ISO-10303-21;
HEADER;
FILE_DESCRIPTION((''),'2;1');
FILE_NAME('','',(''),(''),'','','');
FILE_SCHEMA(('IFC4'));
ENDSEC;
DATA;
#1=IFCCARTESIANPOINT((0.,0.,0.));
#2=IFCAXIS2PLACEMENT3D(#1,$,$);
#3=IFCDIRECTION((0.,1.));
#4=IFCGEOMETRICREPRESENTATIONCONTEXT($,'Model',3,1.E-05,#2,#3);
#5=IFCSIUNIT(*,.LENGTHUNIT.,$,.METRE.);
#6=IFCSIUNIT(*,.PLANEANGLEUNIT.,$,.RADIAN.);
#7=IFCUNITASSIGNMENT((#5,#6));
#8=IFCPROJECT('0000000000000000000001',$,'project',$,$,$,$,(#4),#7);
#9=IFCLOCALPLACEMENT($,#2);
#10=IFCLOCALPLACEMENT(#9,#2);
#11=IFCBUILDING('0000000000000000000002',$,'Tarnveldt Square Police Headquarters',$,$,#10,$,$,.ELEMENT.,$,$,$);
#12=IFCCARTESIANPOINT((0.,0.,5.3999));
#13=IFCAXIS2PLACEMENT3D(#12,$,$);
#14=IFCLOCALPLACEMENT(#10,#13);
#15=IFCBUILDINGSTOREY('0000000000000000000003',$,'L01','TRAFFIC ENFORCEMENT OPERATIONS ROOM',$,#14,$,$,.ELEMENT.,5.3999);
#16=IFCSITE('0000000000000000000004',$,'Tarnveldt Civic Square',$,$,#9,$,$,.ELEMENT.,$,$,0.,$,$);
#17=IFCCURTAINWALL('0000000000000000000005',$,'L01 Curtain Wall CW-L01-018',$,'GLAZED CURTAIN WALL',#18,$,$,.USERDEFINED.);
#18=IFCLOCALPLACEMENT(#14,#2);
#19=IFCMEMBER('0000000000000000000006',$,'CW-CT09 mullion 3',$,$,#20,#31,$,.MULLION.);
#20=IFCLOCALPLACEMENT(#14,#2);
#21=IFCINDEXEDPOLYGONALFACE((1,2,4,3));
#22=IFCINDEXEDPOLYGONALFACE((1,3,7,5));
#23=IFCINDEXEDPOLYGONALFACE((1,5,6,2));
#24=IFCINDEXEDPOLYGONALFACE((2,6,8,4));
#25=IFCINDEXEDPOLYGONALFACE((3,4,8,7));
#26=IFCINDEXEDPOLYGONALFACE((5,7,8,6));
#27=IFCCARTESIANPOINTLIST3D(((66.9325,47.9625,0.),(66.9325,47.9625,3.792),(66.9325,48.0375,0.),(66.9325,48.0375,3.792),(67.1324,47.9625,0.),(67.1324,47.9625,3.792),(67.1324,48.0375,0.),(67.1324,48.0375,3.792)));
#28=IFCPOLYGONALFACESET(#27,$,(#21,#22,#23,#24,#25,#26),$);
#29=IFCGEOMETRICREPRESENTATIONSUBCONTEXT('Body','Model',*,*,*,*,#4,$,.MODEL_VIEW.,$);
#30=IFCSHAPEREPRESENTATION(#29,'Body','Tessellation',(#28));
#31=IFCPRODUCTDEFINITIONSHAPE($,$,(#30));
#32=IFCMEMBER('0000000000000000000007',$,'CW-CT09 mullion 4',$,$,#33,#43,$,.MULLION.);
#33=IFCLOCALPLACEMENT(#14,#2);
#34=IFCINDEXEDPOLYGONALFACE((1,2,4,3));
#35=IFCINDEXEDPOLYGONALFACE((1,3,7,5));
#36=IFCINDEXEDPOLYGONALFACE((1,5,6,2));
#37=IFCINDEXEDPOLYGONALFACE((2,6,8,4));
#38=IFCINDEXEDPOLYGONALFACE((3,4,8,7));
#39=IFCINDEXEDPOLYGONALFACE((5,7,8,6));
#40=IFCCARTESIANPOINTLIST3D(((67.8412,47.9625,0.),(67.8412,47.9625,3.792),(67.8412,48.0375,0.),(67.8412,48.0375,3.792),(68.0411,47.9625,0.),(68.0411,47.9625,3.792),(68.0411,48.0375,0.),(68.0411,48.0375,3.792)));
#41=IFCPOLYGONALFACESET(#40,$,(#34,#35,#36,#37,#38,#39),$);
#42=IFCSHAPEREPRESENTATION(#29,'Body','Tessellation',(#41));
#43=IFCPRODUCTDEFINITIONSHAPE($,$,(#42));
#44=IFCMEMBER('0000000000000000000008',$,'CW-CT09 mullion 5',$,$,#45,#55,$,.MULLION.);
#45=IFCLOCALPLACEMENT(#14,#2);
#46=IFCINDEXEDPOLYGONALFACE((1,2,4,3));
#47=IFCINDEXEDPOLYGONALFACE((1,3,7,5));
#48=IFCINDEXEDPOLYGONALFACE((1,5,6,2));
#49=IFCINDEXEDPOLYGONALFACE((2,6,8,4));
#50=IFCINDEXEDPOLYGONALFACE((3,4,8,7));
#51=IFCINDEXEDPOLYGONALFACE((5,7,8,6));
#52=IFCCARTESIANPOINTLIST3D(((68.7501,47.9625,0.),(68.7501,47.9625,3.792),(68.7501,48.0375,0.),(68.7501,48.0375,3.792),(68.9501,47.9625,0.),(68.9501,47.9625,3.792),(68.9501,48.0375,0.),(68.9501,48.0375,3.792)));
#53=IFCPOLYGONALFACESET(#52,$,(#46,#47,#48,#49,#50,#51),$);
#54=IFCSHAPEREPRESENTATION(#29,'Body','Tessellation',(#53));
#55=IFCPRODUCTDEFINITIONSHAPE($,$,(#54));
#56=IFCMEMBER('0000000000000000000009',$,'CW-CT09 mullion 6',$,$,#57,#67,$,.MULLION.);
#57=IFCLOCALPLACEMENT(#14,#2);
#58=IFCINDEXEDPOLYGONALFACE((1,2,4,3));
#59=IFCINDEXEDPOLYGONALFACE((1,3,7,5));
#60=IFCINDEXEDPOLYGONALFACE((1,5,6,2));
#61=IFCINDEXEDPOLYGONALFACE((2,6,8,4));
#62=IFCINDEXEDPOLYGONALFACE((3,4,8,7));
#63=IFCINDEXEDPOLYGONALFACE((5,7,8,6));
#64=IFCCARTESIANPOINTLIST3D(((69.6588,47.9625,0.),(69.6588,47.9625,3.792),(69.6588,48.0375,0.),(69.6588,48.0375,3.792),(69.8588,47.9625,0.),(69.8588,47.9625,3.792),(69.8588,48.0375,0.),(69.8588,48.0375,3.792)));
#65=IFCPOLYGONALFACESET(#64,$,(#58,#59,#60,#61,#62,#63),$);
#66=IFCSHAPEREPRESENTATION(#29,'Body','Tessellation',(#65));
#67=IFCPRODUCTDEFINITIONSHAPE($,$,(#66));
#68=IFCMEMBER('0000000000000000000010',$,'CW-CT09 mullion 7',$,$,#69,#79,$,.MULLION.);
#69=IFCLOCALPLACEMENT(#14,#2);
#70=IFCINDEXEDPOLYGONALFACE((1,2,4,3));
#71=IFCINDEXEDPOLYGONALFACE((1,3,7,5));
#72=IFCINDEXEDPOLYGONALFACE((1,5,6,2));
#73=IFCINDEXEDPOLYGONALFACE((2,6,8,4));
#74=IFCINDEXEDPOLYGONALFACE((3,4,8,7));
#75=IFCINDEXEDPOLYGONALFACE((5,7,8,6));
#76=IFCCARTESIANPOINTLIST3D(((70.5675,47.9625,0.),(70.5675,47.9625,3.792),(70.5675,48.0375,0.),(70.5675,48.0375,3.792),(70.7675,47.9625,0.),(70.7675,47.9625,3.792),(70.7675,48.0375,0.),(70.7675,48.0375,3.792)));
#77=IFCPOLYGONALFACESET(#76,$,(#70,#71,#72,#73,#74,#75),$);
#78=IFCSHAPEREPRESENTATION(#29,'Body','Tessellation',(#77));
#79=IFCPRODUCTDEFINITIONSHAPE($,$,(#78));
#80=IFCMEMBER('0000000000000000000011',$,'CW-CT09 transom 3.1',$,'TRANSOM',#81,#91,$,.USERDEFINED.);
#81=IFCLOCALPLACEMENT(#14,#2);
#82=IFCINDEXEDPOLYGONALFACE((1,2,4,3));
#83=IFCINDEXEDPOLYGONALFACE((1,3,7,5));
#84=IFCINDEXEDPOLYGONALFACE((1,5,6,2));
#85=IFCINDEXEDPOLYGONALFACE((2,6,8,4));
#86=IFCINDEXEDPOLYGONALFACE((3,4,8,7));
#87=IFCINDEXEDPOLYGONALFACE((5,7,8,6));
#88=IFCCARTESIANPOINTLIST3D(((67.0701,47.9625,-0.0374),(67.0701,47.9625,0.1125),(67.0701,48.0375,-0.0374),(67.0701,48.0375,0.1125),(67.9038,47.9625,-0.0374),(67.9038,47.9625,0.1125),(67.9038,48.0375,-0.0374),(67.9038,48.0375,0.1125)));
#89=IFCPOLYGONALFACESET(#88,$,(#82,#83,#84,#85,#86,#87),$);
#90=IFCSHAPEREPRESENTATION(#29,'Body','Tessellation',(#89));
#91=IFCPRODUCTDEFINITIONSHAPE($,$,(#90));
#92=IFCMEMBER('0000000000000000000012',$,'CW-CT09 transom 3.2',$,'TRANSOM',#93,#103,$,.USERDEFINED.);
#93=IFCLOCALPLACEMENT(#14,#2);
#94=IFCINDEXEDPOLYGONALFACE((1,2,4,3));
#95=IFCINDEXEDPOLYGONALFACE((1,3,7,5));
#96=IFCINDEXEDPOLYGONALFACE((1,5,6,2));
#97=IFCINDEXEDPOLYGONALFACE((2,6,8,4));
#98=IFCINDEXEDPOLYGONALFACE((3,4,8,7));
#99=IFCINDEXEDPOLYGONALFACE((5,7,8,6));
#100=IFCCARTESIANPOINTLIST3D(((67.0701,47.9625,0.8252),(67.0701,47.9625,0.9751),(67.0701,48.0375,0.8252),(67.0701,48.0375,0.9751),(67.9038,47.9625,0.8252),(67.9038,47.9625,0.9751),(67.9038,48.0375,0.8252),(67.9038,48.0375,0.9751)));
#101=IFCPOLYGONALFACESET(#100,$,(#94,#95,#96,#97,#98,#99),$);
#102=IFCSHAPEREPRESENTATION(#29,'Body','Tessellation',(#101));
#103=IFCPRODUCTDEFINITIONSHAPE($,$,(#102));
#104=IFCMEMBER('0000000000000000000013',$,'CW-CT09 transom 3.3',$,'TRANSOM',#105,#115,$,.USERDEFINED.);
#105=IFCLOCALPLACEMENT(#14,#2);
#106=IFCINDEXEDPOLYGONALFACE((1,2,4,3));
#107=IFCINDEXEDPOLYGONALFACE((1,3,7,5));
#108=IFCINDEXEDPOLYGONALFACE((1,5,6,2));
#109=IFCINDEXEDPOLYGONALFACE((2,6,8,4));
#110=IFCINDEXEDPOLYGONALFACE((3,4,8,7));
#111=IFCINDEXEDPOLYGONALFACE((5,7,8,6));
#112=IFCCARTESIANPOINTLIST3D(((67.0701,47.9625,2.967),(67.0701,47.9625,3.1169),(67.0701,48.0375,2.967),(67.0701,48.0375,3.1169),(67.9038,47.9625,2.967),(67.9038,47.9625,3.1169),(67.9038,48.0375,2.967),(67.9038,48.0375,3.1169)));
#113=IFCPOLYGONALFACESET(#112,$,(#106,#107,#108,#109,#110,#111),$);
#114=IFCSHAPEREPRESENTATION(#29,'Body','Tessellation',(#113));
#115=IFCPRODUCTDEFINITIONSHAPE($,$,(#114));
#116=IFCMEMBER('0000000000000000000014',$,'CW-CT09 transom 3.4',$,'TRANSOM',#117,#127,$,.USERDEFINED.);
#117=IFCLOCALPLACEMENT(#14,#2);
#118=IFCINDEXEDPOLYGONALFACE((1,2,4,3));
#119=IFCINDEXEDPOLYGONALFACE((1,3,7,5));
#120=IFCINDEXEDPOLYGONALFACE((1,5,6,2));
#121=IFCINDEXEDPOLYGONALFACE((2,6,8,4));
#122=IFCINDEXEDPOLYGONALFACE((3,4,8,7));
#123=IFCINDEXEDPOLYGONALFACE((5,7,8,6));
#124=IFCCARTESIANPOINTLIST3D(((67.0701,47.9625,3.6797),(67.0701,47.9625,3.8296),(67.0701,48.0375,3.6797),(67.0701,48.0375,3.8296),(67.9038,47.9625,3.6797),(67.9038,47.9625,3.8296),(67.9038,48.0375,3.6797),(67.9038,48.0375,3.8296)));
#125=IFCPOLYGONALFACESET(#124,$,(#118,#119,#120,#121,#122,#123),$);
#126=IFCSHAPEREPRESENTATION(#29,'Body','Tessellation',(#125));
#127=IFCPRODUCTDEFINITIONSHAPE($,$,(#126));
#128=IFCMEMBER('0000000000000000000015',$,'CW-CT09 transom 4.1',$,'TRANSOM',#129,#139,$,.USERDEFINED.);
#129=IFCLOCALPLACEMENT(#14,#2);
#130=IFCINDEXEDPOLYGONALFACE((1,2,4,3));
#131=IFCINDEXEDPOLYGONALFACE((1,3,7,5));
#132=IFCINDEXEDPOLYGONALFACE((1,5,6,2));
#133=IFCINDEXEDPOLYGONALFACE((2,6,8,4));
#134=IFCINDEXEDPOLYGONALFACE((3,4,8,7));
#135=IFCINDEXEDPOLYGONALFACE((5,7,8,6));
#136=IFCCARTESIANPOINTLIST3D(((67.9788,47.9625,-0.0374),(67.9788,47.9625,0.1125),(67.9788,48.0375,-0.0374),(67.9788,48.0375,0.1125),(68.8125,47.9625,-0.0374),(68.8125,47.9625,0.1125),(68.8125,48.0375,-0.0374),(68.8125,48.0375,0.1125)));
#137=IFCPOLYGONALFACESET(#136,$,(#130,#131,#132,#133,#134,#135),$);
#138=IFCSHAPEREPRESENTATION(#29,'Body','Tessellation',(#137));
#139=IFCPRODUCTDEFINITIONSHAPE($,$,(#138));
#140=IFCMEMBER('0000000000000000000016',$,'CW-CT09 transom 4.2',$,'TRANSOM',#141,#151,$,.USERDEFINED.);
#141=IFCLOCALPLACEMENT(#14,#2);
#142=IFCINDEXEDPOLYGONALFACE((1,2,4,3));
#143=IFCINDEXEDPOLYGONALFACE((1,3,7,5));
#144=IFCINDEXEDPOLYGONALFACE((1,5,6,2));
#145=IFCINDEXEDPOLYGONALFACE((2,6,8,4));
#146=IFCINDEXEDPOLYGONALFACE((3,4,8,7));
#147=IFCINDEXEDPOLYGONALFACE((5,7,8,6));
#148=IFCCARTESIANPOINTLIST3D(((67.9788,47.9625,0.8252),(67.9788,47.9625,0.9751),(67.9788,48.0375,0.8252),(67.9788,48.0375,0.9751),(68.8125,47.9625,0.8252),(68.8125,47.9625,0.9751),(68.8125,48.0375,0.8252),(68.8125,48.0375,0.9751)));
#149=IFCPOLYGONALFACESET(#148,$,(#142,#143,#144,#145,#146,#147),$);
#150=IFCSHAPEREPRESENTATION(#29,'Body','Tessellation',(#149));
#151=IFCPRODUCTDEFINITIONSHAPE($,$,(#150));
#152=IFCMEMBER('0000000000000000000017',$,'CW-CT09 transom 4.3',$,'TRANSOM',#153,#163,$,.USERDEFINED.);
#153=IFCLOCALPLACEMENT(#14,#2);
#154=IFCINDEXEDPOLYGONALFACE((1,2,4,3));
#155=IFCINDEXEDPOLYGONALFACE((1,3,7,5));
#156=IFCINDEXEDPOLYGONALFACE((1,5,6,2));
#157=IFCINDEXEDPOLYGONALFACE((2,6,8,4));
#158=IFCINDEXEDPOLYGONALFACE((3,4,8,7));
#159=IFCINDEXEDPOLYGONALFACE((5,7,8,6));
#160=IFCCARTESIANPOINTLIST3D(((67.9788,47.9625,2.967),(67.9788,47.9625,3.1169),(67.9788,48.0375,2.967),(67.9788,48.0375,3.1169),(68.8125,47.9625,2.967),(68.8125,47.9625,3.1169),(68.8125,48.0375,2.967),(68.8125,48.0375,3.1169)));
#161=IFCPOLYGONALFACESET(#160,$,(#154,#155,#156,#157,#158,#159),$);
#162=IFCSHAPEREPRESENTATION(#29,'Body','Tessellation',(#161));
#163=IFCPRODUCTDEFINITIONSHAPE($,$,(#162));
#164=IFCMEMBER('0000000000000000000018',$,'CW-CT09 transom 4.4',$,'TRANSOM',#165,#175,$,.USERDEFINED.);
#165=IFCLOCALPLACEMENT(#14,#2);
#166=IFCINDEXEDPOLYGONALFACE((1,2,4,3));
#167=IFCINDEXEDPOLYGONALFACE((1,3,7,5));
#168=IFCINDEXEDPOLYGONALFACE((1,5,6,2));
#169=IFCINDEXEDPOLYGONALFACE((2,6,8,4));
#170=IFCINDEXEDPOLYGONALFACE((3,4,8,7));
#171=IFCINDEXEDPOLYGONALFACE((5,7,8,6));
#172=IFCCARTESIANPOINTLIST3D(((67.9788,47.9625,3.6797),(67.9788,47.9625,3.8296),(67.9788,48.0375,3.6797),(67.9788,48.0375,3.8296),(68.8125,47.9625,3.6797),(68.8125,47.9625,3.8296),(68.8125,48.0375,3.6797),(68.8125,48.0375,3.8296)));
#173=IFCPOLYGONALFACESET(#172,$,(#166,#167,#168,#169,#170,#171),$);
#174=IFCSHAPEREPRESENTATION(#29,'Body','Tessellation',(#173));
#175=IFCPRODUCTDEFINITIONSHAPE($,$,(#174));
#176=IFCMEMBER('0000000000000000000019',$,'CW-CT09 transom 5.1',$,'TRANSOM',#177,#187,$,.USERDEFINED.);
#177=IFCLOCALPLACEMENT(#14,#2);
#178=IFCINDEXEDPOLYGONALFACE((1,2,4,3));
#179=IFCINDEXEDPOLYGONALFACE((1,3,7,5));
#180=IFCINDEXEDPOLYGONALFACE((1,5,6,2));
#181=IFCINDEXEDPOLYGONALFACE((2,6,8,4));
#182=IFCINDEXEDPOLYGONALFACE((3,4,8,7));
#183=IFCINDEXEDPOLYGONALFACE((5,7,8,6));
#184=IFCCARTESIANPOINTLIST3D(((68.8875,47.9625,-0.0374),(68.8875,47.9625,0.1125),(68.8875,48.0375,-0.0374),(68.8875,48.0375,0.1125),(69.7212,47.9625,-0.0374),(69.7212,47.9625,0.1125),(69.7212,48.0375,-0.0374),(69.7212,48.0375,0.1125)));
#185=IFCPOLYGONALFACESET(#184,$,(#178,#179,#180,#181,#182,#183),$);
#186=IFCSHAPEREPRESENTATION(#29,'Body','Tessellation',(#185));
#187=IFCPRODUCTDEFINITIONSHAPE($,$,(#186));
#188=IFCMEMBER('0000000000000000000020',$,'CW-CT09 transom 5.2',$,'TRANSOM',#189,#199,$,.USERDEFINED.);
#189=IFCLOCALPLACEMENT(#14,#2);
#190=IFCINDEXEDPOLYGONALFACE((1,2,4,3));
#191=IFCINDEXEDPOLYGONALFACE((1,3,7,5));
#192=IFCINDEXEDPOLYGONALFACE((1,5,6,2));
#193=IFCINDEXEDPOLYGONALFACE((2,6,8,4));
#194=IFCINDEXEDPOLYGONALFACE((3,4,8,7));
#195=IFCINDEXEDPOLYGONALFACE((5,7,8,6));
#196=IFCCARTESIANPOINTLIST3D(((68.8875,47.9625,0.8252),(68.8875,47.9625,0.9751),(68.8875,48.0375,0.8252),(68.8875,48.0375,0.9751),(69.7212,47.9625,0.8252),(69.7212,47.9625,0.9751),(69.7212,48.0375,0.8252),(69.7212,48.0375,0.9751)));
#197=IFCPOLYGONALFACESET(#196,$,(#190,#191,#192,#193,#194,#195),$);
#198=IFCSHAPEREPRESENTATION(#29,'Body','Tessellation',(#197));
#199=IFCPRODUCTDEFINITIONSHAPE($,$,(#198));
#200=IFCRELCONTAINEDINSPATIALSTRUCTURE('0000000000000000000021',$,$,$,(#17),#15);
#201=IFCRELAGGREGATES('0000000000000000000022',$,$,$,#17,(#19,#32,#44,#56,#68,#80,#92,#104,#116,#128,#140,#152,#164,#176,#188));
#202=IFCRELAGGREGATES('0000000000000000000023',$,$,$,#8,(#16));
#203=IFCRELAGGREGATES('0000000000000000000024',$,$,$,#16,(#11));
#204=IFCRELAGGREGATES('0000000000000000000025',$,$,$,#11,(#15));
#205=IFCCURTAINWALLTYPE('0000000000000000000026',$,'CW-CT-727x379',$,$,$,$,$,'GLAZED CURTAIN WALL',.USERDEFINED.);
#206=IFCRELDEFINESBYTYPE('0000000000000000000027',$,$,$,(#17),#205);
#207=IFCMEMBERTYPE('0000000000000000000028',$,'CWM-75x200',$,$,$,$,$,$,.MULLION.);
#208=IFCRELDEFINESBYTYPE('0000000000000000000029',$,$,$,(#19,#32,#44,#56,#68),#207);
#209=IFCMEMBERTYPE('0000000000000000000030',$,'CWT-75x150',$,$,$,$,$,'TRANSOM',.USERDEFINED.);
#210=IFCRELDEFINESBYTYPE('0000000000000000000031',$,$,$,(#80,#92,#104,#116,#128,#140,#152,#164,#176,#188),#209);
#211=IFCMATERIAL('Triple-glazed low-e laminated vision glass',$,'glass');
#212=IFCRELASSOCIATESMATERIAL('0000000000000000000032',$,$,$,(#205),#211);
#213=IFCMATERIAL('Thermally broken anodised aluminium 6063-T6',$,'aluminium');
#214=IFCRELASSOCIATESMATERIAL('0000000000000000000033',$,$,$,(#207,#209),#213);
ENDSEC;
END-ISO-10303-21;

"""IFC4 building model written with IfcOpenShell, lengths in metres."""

from ifc_helpers import new_model, si_unit, direction, frame, origin, origin_2d, place, context, subcontext, project, spatial, rectangle, extrude, material, material_profile, profile_set, type_object, element, aggregate, save


model = new_model("IFC4")

# Units and contexts
model_context = context("Model", 3, precision=1e-05, world=origin(), true_north=direction((0.0, 1.0)))
body_context = subcontext(model_context, "Body", "Model", "MODEL_VIEW")
ifc_project = project(units=[si_unit("LENGTHUNIT", "METRE"), si_unit("PLANEANGLEUNIT", "RADIAN")], contexts=[model_context])

# Site, building, storey
site_placement = place(None, origin())
site = spatial("IfcSite", under=ifc_project, at=site_placement, Name="Tarnveldt Civic Square", CompositionType="ELEMENT", RefElevation=0.0)
building_placement = place(site_placement, origin())
building = spatial("IfcBuilding", under=site, at=building_placement, Name="Tarnveldt Square Police Headquarters", CompositionType="ELEMENT")
storey_placement = place(building_placement, frame((0.0, 0.0, 5.3999)))
storey = spatial("IfcBuildingStorey", under=building, at=storey_placement, Name="L01", Description="TRAFFIC ENFORCEMENT OPERATIONS ROOM", CompositionType="ELEMENT", Elevation=5.3999)

# Curtain wall, members
ifc_material_1 = material(Name="Triple-glazed low-e laminated vision glass", Category="glass")
curtain_wall_type = type_object("IfcCurtainWallType", Name="CW-CT-727x379", ElementType="GLAZED CURTAIN WALL", PredefinedType="USERDEFINED", material=ifc_material_1)
curtain_wall_placement = place(storey_placement, origin())
curtain_wall = element("IfcCurtainWall", 1, at=curtain_wall_placement, inside=storey, type_object=curtain_wall_type, Name="L01 Curtain Wall CW-L01-018", ObjectType="GLAZED CURTAIN WALL", PredefinedType="USERDEFINED")
ifc_material_2 = material(Name="Thermally broken anodised aluminium 6063-T6", Category="aluminium")
ifc_material_profile_1 = material_profile(ifc_material_2, rectangle(XDim=0.075, YDim=0.2, at=origin_2d()), Name="CW-M75x200")
ifc_profile_set_1 = profile_set([ifc_material_profile_1], Name="Thermally broken anodised aluminium 6063-T6")
member_type_1 = type_object("IfcMemberType", Name="CWM-75x200", PredefinedType="MULLION", material=ifc_profile_set_1)
member_1_placement = place(storey_placement, frame((67.0325, 48.0, 0.0), z_axis=(0.0, 0.0, 1.0), x_axis=(0.0, 1.0, 0.0)))
member_1 = element("IfcMember", 2, at=member_1_placement, type_object=member_type_1, Name="CW-CT09 mullion 3", PredefinedType="MULLION", context=body_context, shape_type="SweptSolid", body=[
    extrude(rectangle(XDim=0.075, YDim=0.2, at=origin_2d()), origin(), (0.0, 0.0, 1.0), 3.792),
])
member_2_placement = place(storey_placement, frame((67.9412, 48.0, 0.0), z_axis=(0.0, 0.0, 1.0), x_axis=(0.0, 1.0, 0.0)))
member_2 = element("IfcMember", 3, at=member_2_placement, type_object=member_type_1, Name="CW-CT09 mullion 4", PredefinedType="MULLION", context=body_context, shape_type="SweptSolid", body=[
    extrude(rectangle(XDim=0.075, YDim=0.2, at=origin_2d()), origin(), (0.0, 0.0, 1.0), 3.792),
])
member_3_placement = place(storey_placement, frame((68.8501, 48.0, 0.0), z_axis=(0.0, 0.0, 1.0), x_axis=(0.0, 1.0, 0.0)))
member_3 = element("IfcMember", 4, at=member_3_placement, type_object=member_type_1, Name="CW-CT09 mullion 5", PredefinedType="MULLION", context=body_context, shape_type="SweptSolid", body=[
    extrude(rectangle(XDim=0.075, YDim=0.2, at=origin_2d()), origin(), (0.0, 0.0, 1.0), 3.792),
])
member_4_placement = place(storey_placement, frame((69.7588, 48.0, 0.0), z_axis=(0.0, 0.0, 1.0), x_axis=(0.0, 1.0, 0.0)))
member_4 = element("IfcMember", 5, at=member_4_placement, type_object=member_type_1, Name="CW-CT09 mullion 6", PredefinedType="MULLION", context=body_context, shape_type="SweptSolid", body=[
    extrude(rectangle(XDim=0.075, YDim=0.2, at=origin_2d()), origin(), (0.0, 0.0, 1.0), 3.792),
])
member_5_placement = place(storey_placement, frame((70.6675, 48.0, 0.0), z_axis=(0.0, 0.0, 1.0), x_axis=(0.0, 1.0, 0.0)))
member_5 = element("IfcMember", 6, at=member_5_placement, type_object=member_type_1, Name="CW-CT09 mullion 7", PredefinedType="MULLION", context=body_context, shape_type="SweptSolid", body=[
    extrude(rectangle(XDim=0.075, YDim=0.2, at=origin_2d()), origin(), (0.0, 0.0, 1.0), 3.792),
])
ifc_material_profile_2 = material_profile(ifc_material_2, rectangle(XDim=0.075, YDim=0.1499, at=origin_2d()), Name="CW-T75x150")
ifc_profile_set_2 = profile_set([ifc_material_profile_2], Name="Thermally broken anodised aluminium 6063-T6")
member_type_2 = type_object("IfcMemberType", Name="CWT-75x150", ElementType="TRANSOM", PredefinedType="USERDEFINED", material=ifc_profile_set_2)
member_6_placement = place(storey_placement, frame((67.0701, 48.0, 0.0376), z_axis=(1.0, 0.0, 0.0), x_axis=(0.0, 1.0, 0.0)))
member_6 = element("IfcMember", 7, at=member_6_placement, type_object=member_type_2, Name="CW-CT09 transom 3.1", ObjectType="TRANSOM", PredefinedType="USERDEFINED", context=body_context, shape_type="SweptSolid", body=[
    extrude(rectangle(XDim=0.075, YDim=0.1499, at=origin_2d()), origin(), (0.0, 0.0, 1.0), 0.8337),
])
member_7_placement = place(storey_placement, frame((67.0701, 48.0, 0.9001), z_axis=(1.0, 0.0, 0.0), x_axis=(0.0, 1.0, 0.0)))
member_7 = element("IfcMember", 8, at=member_7_placement, type_object=member_type_2, Name="CW-CT09 transom 3.2", ObjectType="TRANSOM", PredefinedType="USERDEFINED", context=body_context, shape_type="SweptSolid", body=[
    extrude(rectangle(XDim=0.075, YDim=0.1499, at=origin_2d()), origin(), (0.0, 0.0, 1.0), 0.8337),
])
member_8_placement = place(storey_placement, frame((67.0701, 48.0, 3.042), z_axis=(1.0, 0.0, 0.0), x_axis=(0.0, 1.0, 0.0)))
member_8 = element("IfcMember", 9, at=member_8_placement, type_object=member_type_2, Name="CW-CT09 transom 3.3", ObjectType="TRANSOM", PredefinedType="USERDEFINED", context=body_context, shape_type="SweptSolid", body=[
    extrude(rectangle(XDim=0.075, YDim=0.1499, at=origin_2d()), origin(), (0.0, 0.0, 1.0), 0.8337),
])
member_9_placement = place(storey_placement, frame((67.0701, 48.0, 3.7546), z_axis=(1.0, 0.0, 0.0), x_axis=(0.0, 1.0, 0.0)))
member_9 = element("IfcMember", 10, at=member_9_placement, type_object=member_type_2, Name="CW-CT09 transom 3.4", ObjectType="TRANSOM", PredefinedType="USERDEFINED", context=body_context, shape_type="SweptSolid", body=[
    extrude(rectangle(XDim=0.075, YDim=0.1499, at=origin_2d()), origin(), (0.0, 0.0, 1.0), 0.8337),
])
member_10_placement = place(storey_placement, frame((67.9788, 48.0, 0.0376), z_axis=(1.0, 0.0, 0.0), x_axis=(0.0, 1.0, 0.0)))
member_10 = element("IfcMember", 11, at=member_10_placement, type_object=member_type_2, Name="CW-CT09 transom 4.1", ObjectType="TRANSOM", PredefinedType="USERDEFINED", context=body_context, shape_type="SweptSolid", body=[
    extrude(rectangle(XDim=0.075, YDim=0.1499, at=origin_2d()), origin(), (0.0, 0.0, 1.0), 0.8337),
])
member_11_placement = place(storey_placement, frame((67.9788, 48.0, 0.9001), z_axis=(1.0, 0.0, 0.0), x_axis=(0.0, 1.0, 0.0)))
member_11 = element("IfcMember", 12, at=member_11_placement, type_object=member_type_2, Name="CW-CT09 transom 4.2", ObjectType="TRANSOM", PredefinedType="USERDEFINED", context=body_context, shape_type="SweptSolid", body=[
    extrude(rectangle(XDim=0.075, YDim=0.1499, at=origin_2d()), origin(), (0.0, 0.0, 1.0), 0.8337),
])
member_12_placement = place(storey_placement, frame((67.9788, 48.0, 3.042), z_axis=(1.0, 0.0, 0.0), x_axis=(0.0, 1.0, 0.0)))
member_12 = element("IfcMember", 13, at=member_12_placement, type_object=member_type_2, Name="CW-CT09 transom 4.3", ObjectType="TRANSOM", PredefinedType="USERDEFINED", context=body_context, shape_type="SweptSolid", body=[
    extrude(rectangle(XDim=0.075, YDim=0.1499, at=origin_2d()), origin(), (0.0, 0.0, 1.0), 0.8337),
])
member_13_placement = place(storey_placement, frame((67.9788, 48.0, 3.7546), z_axis=(1.0, 0.0, 0.0), x_axis=(0.0, 1.0, 0.0)))
member_13 = element("IfcMember", 14, at=member_13_placement, type_object=member_type_2, Name="CW-CT09 transom 4.4", ObjectType="TRANSOM", PredefinedType="USERDEFINED", context=body_context, shape_type="SweptSolid", body=[
    extrude(rectangle(XDim=0.075, YDim=0.1499, at=origin_2d()), origin(), (0.0, 0.0, 1.0), 0.8337),
])
member_14_placement = place(storey_placement, frame((68.8875, 48.0, 0.0376), z_axis=(1.0, 0.0, 0.0), x_axis=(0.0, 1.0, 0.0)))
member_14 = element("IfcMember", 15, at=member_14_placement, type_object=member_type_2, Name="CW-CT09 transom 5.1", ObjectType="TRANSOM", PredefinedType="USERDEFINED", context=body_context, shape_type="SweptSolid", body=[
    extrude(rectangle(XDim=0.075, YDim=0.1499, at=origin_2d()), origin(), (0.0, 0.0, 1.0), 0.8337),
])
member_15_placement = place(storey_placement, frame((68.8875, 48.0, 0.9001), z_axis=(1.0, 0.0, 0.0), x_axis=(0.0, 1.0, 0.0)))
member_15 = element("IfcMember", 16, at=member_15_placement, type_object=member_type_2, Name="CW-CT09 transom 5.2", ObjectType="TRANSOM", PredefinedType="USERDEFINED", context=body_context, shape_type="SweptSolid", body=[
    extrude(rectangle(XDim=0.075, YDim=0.1499, at=origin_2d()), origin(), (0.0, 0.0, 1.0), 0.8337),
])
aggregate(curtain_wall, [member_1, member_2, member_3, member_4, member_5, member_6, member_7, member_8, member_9, member_10, member_11, member_12, member_13, member_14, member_15])

save(model, "model.ifc")
